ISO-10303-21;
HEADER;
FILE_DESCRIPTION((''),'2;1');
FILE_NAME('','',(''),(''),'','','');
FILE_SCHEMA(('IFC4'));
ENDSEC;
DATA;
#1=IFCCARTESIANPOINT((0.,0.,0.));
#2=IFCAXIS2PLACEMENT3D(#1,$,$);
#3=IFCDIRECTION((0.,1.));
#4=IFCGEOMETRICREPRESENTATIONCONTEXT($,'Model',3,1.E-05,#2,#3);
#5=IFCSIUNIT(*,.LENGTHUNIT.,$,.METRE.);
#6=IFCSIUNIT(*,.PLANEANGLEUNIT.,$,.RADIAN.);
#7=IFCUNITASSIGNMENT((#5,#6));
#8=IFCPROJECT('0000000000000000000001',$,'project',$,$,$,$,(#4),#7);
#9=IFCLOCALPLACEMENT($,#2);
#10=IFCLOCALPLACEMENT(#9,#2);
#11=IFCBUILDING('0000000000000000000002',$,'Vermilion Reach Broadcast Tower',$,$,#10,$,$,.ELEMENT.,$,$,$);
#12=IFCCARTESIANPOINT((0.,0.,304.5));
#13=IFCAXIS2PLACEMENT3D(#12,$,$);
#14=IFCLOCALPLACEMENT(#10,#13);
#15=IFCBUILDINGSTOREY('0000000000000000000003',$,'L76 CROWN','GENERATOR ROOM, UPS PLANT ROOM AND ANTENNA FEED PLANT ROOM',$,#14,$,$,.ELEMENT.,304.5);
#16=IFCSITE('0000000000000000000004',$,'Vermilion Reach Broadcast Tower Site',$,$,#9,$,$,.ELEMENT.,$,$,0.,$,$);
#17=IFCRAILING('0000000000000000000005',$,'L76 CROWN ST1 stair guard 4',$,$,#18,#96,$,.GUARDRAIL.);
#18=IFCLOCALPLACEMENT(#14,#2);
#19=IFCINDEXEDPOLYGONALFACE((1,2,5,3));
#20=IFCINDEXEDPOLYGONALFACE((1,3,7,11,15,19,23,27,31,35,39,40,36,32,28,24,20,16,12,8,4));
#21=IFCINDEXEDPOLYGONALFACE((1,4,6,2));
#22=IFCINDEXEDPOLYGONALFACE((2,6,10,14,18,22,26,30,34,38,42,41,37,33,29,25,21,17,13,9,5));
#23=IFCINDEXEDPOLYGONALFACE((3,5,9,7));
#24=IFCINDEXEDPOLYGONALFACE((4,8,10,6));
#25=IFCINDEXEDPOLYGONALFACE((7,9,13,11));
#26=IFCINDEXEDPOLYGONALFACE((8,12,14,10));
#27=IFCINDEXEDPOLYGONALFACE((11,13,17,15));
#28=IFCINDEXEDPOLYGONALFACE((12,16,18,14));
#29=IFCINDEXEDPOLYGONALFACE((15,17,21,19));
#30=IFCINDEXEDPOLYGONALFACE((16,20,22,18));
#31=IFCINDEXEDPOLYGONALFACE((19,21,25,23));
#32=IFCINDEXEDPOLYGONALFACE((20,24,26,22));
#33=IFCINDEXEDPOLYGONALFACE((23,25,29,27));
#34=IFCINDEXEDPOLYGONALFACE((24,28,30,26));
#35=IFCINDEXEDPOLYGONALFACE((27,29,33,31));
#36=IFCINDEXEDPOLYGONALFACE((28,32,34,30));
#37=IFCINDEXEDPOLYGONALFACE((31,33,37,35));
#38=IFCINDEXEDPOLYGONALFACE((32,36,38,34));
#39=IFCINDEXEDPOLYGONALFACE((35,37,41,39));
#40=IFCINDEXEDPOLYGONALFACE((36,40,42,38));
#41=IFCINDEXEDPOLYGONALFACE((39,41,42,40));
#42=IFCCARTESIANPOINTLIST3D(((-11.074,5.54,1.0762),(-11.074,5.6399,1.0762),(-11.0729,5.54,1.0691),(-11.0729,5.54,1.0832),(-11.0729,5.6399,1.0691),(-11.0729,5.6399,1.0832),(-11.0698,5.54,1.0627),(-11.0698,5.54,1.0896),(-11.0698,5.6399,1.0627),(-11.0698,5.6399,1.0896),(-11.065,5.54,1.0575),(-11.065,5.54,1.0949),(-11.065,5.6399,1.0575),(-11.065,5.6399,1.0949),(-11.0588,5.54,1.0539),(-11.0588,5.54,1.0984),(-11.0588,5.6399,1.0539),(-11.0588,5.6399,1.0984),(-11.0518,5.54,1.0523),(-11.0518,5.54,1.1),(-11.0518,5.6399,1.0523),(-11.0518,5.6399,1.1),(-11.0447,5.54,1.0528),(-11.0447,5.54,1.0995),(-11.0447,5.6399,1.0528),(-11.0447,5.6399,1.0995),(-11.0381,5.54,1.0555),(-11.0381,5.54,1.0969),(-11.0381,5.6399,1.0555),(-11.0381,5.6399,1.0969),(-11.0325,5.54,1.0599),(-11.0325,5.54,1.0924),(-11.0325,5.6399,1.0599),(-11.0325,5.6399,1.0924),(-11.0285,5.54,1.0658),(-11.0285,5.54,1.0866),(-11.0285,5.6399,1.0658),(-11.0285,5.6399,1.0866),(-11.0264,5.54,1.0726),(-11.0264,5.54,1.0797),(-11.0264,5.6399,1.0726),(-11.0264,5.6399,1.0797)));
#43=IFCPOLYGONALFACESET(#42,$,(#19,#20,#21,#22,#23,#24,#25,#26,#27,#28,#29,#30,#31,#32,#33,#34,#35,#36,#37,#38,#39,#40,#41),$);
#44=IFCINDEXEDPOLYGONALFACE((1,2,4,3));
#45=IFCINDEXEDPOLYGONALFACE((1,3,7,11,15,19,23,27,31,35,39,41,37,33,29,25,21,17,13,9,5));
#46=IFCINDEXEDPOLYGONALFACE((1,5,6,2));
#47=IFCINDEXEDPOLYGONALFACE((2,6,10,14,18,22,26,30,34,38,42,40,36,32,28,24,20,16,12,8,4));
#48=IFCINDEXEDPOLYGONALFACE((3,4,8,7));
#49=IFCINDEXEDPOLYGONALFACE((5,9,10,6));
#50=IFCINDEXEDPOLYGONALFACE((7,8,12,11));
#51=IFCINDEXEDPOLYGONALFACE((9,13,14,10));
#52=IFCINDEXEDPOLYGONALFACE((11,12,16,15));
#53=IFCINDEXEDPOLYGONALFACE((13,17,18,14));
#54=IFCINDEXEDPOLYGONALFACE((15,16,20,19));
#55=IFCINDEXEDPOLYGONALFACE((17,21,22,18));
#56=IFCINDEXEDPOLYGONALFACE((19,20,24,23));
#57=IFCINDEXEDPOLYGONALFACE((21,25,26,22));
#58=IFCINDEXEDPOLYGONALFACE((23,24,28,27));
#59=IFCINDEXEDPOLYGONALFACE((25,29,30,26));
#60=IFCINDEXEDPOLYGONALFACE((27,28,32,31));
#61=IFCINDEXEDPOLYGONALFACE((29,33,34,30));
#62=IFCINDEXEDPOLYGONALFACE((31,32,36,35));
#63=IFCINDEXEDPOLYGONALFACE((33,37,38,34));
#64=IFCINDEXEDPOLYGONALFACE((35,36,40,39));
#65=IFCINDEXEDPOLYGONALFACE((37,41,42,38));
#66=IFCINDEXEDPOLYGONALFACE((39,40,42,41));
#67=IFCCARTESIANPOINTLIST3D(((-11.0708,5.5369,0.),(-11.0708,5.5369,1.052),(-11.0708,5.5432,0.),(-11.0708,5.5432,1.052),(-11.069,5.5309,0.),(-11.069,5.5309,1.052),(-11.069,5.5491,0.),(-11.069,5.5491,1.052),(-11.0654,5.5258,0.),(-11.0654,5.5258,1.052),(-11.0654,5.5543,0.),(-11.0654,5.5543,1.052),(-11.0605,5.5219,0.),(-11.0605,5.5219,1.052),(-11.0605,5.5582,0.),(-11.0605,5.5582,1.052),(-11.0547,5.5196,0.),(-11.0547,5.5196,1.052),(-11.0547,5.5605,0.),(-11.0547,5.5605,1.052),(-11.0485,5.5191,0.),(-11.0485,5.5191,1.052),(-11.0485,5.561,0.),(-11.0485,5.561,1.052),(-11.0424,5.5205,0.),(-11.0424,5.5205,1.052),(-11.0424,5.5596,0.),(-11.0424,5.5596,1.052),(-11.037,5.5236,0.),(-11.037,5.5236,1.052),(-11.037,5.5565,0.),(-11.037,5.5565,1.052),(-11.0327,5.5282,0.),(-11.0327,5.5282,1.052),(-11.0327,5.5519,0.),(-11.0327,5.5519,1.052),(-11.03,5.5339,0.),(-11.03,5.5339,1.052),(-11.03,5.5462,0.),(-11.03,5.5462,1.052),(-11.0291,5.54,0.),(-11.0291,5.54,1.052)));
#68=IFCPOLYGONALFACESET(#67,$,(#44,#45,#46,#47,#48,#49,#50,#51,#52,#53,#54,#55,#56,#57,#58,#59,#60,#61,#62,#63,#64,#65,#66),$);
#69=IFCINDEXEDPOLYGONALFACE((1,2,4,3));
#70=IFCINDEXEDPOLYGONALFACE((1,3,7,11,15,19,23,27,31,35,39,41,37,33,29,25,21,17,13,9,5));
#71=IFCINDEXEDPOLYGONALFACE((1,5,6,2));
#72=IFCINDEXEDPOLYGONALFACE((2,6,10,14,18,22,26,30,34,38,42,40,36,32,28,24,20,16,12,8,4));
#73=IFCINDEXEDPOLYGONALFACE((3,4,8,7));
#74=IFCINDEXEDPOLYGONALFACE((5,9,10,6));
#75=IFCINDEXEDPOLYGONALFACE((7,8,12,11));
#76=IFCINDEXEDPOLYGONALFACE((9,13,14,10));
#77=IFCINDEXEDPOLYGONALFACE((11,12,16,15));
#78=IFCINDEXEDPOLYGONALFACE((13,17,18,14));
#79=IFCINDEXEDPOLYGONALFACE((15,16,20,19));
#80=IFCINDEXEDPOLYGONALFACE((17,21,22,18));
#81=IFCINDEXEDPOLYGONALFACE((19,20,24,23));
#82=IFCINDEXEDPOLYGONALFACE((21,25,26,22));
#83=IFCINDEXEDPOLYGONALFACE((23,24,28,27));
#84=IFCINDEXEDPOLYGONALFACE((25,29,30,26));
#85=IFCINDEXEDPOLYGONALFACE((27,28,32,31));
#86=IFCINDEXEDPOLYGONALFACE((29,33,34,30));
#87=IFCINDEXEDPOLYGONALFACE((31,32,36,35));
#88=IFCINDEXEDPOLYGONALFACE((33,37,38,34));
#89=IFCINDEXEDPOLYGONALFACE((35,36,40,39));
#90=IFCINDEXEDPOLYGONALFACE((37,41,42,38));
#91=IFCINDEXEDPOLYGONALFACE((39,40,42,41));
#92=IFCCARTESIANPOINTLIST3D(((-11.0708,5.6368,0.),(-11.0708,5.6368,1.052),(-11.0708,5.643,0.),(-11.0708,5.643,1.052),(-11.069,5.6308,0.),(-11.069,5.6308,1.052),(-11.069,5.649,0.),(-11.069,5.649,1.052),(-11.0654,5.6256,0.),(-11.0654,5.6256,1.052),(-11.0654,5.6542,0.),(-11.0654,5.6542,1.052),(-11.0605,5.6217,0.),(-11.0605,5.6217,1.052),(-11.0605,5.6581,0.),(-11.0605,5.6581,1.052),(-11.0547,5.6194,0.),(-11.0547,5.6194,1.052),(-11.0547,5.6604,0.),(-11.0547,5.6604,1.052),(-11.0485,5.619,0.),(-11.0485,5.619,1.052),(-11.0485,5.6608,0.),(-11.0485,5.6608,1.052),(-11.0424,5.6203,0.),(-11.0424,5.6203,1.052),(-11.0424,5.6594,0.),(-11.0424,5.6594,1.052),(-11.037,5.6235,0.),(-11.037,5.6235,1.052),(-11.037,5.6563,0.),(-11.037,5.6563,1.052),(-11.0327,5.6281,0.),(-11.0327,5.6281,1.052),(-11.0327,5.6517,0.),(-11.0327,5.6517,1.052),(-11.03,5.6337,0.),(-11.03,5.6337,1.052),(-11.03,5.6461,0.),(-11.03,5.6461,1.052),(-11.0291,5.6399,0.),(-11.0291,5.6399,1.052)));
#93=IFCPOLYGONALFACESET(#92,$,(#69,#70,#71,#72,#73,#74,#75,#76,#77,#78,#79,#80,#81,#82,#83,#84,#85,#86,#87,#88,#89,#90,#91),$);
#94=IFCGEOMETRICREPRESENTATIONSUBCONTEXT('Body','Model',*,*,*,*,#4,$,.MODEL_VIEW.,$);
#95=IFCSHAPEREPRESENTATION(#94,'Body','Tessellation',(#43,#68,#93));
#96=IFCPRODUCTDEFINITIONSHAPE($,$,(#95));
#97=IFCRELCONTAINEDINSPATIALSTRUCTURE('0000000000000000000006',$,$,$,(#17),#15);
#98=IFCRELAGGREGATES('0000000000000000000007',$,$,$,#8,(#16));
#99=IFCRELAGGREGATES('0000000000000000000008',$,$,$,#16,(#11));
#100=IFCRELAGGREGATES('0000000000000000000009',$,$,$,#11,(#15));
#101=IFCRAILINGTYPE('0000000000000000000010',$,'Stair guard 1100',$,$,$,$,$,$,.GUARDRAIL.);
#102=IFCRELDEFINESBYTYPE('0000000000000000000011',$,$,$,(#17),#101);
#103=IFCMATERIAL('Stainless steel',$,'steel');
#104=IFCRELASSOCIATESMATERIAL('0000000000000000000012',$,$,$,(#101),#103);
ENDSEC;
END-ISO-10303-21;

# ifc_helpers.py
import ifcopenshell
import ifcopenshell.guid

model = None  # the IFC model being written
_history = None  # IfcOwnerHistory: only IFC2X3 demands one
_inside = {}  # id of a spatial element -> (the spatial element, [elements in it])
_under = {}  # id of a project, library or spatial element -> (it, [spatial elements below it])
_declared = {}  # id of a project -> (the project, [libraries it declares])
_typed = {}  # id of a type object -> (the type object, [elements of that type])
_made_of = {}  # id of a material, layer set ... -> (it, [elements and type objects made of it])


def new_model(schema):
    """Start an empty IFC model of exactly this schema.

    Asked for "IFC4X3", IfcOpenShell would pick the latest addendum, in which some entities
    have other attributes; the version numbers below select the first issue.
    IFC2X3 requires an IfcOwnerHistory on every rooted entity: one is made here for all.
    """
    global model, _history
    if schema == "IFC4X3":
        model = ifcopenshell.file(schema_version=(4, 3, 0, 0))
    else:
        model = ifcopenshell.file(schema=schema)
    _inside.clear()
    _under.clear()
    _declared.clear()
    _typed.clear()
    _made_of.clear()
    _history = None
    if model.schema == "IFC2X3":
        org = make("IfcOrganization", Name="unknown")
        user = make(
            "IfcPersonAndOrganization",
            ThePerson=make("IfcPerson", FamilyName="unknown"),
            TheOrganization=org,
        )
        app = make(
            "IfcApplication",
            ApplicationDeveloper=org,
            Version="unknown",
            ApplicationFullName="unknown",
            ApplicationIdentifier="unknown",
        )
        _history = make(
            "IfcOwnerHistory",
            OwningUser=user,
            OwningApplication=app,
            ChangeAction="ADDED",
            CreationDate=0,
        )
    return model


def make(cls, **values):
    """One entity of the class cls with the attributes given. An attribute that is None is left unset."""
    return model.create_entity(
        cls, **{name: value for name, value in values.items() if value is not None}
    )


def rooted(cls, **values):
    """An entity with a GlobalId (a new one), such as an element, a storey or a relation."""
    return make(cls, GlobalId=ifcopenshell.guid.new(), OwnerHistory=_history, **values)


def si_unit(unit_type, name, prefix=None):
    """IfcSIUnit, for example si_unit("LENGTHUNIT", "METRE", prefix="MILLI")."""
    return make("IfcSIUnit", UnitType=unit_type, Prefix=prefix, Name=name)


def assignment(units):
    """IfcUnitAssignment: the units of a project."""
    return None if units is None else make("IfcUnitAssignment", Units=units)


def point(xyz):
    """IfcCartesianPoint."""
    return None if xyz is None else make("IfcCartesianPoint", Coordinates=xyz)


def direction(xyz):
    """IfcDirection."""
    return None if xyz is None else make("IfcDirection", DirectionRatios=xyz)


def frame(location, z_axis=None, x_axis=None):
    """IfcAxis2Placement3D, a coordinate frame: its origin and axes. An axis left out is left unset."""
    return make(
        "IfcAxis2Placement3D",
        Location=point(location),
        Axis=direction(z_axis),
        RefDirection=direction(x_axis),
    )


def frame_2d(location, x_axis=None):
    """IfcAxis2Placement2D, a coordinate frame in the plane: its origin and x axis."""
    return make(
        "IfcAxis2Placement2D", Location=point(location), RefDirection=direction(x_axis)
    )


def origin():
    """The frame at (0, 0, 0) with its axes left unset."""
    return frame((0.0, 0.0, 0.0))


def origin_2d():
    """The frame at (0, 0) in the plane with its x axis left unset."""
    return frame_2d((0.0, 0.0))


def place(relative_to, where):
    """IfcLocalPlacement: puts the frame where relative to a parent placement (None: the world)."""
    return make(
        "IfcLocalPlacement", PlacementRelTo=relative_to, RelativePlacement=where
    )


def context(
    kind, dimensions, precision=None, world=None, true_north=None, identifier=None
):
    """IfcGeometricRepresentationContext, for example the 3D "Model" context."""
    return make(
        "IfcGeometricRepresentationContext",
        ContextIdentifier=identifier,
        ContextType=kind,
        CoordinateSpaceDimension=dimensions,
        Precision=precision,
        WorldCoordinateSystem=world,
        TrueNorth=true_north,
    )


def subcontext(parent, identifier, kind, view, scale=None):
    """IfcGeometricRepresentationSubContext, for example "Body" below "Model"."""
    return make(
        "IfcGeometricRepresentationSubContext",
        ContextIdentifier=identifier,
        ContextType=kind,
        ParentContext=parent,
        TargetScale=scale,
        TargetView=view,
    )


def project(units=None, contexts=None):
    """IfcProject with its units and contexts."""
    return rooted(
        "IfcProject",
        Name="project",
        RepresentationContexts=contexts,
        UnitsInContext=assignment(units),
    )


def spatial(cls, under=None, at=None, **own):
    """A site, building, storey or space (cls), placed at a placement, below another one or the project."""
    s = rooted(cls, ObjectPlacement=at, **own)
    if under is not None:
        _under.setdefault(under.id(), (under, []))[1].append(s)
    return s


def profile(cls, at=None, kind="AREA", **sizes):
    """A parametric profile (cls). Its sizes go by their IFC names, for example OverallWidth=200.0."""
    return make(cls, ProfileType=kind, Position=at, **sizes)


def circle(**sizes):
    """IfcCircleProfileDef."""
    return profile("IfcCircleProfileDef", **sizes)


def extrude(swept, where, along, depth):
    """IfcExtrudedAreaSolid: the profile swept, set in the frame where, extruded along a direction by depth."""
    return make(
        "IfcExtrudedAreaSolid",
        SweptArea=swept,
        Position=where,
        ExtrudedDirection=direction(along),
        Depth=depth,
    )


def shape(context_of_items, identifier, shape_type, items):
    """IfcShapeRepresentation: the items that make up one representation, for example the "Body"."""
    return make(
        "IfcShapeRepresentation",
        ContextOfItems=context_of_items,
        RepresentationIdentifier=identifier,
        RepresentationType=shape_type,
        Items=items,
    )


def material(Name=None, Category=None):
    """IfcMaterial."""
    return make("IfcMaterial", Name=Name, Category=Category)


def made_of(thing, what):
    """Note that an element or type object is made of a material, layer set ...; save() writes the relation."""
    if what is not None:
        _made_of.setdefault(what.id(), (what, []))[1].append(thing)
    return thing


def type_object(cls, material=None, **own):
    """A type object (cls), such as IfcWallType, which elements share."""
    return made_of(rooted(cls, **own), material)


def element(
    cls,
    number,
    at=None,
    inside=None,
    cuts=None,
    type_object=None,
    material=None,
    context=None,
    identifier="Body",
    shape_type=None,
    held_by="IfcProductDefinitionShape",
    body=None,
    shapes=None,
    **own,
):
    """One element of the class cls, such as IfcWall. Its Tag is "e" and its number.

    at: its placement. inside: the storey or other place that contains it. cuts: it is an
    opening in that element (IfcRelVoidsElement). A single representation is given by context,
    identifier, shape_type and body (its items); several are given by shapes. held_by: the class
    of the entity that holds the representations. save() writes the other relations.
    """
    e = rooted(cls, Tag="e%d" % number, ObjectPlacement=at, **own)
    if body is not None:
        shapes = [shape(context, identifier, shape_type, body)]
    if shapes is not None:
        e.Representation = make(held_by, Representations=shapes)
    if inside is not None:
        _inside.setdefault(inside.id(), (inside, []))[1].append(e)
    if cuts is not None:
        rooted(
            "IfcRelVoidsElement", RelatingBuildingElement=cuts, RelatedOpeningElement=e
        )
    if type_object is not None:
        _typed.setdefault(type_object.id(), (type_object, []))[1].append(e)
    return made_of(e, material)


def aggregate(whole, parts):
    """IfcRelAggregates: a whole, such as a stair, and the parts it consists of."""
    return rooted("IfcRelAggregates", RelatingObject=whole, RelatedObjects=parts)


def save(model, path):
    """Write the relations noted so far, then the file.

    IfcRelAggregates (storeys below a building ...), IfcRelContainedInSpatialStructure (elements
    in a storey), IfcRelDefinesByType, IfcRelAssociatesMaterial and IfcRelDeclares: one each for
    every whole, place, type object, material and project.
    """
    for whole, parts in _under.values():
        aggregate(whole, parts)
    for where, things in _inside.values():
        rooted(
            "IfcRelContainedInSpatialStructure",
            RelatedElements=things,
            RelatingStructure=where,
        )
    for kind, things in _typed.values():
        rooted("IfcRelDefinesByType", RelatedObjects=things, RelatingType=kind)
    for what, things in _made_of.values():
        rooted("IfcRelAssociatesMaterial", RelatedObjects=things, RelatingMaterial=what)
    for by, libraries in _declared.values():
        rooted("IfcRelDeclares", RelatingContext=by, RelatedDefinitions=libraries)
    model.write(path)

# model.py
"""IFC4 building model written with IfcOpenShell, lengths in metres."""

from ifc_helpers import new_model, si_unit, direction, frame, origin, origin_2d, place, context, subcontext, project, spatial, circle, extrude, material, type_object, element, save


model = new_model("IFC4")

# Units and contexts
model_context = context("Model", 3, precision=1e-05, world=origin(), true_north=direction((0.0, 1.0)))
body_context = subcontext(model_context, "Body", "Model", "MODEL_VIEW")
ifc_project = project(units=[si_unit("LENGTHUNIT", "METRE"), si_unit("PLANEANGLEUNIT", "RADIAN")], contexts=[model_context])

# Site, building, storey
site_placement = place(None, origin())
site = spatial("IfcSite", under=ifc_project, at=site_placement, Name="Vermilion Reach Broadcast Tower Site", CompositionType="ELEMENT", RefElevation=0.0)
building_placement = place(site_placement, origin())
building = spatial("IfcBuilding", under=site, at=building_placement, Name="Vermilion Reach Broadcast Tower", CompositionType="ELEMENT")
storey_placement = place(building_placement, frame((0.0, 0.0, 304.5)))
storey = spatial("IfcBuildingStorey", under=building, at=storey_placement, Name="L76 CROWN", Description="GENERATOR ROOM, UPS PLANT ROOM AND ANTENNA FEED PLANT ROOM", CompositionType="ELEMENT", Elevation=304.5)

# Railing
ifc_material_1 = material(Name="Stainless steel", Category="steel")
railing_type_1 = type_object("IfcRailingType", Name="Stair guard 1100", PredefinedType="GUARDRAIL", material=ifc_material_1)
railing_1_placement = place(storey_placement, frame((-11.05, 5.54, 0.0)))
element("IfcRailing", 1, at=railing_1_placement, inside=storey, type_object=railing_type_1, Name="L76 CROWN ST1 stair guard 4", PredefinedType="GUARDRAIL", context=body_context, shape_type="SweptSolid", body=[
    extrude(circle(Radius=0.0239, at=origin_2d()), frame((0.0, 0.0, 1.0762), z_axis=(0.0, 1.0, 0.0), x_axis=(-1.0, 0.0, 0.0)), (0.0, 0.0, 1.0), 0.0999),
    extrude(circle(Radius=0.021, at=origin_2d()), origin(), (0.0, 0.0, 1.0), 1.052),
    extrude(circle(Radius=0.021, at=origin_2d()), frame((0.0, 0.0999, 0.0)), (0.0, 0.0, 1.0), 1.052),
])

save(model, "model.ifc")
